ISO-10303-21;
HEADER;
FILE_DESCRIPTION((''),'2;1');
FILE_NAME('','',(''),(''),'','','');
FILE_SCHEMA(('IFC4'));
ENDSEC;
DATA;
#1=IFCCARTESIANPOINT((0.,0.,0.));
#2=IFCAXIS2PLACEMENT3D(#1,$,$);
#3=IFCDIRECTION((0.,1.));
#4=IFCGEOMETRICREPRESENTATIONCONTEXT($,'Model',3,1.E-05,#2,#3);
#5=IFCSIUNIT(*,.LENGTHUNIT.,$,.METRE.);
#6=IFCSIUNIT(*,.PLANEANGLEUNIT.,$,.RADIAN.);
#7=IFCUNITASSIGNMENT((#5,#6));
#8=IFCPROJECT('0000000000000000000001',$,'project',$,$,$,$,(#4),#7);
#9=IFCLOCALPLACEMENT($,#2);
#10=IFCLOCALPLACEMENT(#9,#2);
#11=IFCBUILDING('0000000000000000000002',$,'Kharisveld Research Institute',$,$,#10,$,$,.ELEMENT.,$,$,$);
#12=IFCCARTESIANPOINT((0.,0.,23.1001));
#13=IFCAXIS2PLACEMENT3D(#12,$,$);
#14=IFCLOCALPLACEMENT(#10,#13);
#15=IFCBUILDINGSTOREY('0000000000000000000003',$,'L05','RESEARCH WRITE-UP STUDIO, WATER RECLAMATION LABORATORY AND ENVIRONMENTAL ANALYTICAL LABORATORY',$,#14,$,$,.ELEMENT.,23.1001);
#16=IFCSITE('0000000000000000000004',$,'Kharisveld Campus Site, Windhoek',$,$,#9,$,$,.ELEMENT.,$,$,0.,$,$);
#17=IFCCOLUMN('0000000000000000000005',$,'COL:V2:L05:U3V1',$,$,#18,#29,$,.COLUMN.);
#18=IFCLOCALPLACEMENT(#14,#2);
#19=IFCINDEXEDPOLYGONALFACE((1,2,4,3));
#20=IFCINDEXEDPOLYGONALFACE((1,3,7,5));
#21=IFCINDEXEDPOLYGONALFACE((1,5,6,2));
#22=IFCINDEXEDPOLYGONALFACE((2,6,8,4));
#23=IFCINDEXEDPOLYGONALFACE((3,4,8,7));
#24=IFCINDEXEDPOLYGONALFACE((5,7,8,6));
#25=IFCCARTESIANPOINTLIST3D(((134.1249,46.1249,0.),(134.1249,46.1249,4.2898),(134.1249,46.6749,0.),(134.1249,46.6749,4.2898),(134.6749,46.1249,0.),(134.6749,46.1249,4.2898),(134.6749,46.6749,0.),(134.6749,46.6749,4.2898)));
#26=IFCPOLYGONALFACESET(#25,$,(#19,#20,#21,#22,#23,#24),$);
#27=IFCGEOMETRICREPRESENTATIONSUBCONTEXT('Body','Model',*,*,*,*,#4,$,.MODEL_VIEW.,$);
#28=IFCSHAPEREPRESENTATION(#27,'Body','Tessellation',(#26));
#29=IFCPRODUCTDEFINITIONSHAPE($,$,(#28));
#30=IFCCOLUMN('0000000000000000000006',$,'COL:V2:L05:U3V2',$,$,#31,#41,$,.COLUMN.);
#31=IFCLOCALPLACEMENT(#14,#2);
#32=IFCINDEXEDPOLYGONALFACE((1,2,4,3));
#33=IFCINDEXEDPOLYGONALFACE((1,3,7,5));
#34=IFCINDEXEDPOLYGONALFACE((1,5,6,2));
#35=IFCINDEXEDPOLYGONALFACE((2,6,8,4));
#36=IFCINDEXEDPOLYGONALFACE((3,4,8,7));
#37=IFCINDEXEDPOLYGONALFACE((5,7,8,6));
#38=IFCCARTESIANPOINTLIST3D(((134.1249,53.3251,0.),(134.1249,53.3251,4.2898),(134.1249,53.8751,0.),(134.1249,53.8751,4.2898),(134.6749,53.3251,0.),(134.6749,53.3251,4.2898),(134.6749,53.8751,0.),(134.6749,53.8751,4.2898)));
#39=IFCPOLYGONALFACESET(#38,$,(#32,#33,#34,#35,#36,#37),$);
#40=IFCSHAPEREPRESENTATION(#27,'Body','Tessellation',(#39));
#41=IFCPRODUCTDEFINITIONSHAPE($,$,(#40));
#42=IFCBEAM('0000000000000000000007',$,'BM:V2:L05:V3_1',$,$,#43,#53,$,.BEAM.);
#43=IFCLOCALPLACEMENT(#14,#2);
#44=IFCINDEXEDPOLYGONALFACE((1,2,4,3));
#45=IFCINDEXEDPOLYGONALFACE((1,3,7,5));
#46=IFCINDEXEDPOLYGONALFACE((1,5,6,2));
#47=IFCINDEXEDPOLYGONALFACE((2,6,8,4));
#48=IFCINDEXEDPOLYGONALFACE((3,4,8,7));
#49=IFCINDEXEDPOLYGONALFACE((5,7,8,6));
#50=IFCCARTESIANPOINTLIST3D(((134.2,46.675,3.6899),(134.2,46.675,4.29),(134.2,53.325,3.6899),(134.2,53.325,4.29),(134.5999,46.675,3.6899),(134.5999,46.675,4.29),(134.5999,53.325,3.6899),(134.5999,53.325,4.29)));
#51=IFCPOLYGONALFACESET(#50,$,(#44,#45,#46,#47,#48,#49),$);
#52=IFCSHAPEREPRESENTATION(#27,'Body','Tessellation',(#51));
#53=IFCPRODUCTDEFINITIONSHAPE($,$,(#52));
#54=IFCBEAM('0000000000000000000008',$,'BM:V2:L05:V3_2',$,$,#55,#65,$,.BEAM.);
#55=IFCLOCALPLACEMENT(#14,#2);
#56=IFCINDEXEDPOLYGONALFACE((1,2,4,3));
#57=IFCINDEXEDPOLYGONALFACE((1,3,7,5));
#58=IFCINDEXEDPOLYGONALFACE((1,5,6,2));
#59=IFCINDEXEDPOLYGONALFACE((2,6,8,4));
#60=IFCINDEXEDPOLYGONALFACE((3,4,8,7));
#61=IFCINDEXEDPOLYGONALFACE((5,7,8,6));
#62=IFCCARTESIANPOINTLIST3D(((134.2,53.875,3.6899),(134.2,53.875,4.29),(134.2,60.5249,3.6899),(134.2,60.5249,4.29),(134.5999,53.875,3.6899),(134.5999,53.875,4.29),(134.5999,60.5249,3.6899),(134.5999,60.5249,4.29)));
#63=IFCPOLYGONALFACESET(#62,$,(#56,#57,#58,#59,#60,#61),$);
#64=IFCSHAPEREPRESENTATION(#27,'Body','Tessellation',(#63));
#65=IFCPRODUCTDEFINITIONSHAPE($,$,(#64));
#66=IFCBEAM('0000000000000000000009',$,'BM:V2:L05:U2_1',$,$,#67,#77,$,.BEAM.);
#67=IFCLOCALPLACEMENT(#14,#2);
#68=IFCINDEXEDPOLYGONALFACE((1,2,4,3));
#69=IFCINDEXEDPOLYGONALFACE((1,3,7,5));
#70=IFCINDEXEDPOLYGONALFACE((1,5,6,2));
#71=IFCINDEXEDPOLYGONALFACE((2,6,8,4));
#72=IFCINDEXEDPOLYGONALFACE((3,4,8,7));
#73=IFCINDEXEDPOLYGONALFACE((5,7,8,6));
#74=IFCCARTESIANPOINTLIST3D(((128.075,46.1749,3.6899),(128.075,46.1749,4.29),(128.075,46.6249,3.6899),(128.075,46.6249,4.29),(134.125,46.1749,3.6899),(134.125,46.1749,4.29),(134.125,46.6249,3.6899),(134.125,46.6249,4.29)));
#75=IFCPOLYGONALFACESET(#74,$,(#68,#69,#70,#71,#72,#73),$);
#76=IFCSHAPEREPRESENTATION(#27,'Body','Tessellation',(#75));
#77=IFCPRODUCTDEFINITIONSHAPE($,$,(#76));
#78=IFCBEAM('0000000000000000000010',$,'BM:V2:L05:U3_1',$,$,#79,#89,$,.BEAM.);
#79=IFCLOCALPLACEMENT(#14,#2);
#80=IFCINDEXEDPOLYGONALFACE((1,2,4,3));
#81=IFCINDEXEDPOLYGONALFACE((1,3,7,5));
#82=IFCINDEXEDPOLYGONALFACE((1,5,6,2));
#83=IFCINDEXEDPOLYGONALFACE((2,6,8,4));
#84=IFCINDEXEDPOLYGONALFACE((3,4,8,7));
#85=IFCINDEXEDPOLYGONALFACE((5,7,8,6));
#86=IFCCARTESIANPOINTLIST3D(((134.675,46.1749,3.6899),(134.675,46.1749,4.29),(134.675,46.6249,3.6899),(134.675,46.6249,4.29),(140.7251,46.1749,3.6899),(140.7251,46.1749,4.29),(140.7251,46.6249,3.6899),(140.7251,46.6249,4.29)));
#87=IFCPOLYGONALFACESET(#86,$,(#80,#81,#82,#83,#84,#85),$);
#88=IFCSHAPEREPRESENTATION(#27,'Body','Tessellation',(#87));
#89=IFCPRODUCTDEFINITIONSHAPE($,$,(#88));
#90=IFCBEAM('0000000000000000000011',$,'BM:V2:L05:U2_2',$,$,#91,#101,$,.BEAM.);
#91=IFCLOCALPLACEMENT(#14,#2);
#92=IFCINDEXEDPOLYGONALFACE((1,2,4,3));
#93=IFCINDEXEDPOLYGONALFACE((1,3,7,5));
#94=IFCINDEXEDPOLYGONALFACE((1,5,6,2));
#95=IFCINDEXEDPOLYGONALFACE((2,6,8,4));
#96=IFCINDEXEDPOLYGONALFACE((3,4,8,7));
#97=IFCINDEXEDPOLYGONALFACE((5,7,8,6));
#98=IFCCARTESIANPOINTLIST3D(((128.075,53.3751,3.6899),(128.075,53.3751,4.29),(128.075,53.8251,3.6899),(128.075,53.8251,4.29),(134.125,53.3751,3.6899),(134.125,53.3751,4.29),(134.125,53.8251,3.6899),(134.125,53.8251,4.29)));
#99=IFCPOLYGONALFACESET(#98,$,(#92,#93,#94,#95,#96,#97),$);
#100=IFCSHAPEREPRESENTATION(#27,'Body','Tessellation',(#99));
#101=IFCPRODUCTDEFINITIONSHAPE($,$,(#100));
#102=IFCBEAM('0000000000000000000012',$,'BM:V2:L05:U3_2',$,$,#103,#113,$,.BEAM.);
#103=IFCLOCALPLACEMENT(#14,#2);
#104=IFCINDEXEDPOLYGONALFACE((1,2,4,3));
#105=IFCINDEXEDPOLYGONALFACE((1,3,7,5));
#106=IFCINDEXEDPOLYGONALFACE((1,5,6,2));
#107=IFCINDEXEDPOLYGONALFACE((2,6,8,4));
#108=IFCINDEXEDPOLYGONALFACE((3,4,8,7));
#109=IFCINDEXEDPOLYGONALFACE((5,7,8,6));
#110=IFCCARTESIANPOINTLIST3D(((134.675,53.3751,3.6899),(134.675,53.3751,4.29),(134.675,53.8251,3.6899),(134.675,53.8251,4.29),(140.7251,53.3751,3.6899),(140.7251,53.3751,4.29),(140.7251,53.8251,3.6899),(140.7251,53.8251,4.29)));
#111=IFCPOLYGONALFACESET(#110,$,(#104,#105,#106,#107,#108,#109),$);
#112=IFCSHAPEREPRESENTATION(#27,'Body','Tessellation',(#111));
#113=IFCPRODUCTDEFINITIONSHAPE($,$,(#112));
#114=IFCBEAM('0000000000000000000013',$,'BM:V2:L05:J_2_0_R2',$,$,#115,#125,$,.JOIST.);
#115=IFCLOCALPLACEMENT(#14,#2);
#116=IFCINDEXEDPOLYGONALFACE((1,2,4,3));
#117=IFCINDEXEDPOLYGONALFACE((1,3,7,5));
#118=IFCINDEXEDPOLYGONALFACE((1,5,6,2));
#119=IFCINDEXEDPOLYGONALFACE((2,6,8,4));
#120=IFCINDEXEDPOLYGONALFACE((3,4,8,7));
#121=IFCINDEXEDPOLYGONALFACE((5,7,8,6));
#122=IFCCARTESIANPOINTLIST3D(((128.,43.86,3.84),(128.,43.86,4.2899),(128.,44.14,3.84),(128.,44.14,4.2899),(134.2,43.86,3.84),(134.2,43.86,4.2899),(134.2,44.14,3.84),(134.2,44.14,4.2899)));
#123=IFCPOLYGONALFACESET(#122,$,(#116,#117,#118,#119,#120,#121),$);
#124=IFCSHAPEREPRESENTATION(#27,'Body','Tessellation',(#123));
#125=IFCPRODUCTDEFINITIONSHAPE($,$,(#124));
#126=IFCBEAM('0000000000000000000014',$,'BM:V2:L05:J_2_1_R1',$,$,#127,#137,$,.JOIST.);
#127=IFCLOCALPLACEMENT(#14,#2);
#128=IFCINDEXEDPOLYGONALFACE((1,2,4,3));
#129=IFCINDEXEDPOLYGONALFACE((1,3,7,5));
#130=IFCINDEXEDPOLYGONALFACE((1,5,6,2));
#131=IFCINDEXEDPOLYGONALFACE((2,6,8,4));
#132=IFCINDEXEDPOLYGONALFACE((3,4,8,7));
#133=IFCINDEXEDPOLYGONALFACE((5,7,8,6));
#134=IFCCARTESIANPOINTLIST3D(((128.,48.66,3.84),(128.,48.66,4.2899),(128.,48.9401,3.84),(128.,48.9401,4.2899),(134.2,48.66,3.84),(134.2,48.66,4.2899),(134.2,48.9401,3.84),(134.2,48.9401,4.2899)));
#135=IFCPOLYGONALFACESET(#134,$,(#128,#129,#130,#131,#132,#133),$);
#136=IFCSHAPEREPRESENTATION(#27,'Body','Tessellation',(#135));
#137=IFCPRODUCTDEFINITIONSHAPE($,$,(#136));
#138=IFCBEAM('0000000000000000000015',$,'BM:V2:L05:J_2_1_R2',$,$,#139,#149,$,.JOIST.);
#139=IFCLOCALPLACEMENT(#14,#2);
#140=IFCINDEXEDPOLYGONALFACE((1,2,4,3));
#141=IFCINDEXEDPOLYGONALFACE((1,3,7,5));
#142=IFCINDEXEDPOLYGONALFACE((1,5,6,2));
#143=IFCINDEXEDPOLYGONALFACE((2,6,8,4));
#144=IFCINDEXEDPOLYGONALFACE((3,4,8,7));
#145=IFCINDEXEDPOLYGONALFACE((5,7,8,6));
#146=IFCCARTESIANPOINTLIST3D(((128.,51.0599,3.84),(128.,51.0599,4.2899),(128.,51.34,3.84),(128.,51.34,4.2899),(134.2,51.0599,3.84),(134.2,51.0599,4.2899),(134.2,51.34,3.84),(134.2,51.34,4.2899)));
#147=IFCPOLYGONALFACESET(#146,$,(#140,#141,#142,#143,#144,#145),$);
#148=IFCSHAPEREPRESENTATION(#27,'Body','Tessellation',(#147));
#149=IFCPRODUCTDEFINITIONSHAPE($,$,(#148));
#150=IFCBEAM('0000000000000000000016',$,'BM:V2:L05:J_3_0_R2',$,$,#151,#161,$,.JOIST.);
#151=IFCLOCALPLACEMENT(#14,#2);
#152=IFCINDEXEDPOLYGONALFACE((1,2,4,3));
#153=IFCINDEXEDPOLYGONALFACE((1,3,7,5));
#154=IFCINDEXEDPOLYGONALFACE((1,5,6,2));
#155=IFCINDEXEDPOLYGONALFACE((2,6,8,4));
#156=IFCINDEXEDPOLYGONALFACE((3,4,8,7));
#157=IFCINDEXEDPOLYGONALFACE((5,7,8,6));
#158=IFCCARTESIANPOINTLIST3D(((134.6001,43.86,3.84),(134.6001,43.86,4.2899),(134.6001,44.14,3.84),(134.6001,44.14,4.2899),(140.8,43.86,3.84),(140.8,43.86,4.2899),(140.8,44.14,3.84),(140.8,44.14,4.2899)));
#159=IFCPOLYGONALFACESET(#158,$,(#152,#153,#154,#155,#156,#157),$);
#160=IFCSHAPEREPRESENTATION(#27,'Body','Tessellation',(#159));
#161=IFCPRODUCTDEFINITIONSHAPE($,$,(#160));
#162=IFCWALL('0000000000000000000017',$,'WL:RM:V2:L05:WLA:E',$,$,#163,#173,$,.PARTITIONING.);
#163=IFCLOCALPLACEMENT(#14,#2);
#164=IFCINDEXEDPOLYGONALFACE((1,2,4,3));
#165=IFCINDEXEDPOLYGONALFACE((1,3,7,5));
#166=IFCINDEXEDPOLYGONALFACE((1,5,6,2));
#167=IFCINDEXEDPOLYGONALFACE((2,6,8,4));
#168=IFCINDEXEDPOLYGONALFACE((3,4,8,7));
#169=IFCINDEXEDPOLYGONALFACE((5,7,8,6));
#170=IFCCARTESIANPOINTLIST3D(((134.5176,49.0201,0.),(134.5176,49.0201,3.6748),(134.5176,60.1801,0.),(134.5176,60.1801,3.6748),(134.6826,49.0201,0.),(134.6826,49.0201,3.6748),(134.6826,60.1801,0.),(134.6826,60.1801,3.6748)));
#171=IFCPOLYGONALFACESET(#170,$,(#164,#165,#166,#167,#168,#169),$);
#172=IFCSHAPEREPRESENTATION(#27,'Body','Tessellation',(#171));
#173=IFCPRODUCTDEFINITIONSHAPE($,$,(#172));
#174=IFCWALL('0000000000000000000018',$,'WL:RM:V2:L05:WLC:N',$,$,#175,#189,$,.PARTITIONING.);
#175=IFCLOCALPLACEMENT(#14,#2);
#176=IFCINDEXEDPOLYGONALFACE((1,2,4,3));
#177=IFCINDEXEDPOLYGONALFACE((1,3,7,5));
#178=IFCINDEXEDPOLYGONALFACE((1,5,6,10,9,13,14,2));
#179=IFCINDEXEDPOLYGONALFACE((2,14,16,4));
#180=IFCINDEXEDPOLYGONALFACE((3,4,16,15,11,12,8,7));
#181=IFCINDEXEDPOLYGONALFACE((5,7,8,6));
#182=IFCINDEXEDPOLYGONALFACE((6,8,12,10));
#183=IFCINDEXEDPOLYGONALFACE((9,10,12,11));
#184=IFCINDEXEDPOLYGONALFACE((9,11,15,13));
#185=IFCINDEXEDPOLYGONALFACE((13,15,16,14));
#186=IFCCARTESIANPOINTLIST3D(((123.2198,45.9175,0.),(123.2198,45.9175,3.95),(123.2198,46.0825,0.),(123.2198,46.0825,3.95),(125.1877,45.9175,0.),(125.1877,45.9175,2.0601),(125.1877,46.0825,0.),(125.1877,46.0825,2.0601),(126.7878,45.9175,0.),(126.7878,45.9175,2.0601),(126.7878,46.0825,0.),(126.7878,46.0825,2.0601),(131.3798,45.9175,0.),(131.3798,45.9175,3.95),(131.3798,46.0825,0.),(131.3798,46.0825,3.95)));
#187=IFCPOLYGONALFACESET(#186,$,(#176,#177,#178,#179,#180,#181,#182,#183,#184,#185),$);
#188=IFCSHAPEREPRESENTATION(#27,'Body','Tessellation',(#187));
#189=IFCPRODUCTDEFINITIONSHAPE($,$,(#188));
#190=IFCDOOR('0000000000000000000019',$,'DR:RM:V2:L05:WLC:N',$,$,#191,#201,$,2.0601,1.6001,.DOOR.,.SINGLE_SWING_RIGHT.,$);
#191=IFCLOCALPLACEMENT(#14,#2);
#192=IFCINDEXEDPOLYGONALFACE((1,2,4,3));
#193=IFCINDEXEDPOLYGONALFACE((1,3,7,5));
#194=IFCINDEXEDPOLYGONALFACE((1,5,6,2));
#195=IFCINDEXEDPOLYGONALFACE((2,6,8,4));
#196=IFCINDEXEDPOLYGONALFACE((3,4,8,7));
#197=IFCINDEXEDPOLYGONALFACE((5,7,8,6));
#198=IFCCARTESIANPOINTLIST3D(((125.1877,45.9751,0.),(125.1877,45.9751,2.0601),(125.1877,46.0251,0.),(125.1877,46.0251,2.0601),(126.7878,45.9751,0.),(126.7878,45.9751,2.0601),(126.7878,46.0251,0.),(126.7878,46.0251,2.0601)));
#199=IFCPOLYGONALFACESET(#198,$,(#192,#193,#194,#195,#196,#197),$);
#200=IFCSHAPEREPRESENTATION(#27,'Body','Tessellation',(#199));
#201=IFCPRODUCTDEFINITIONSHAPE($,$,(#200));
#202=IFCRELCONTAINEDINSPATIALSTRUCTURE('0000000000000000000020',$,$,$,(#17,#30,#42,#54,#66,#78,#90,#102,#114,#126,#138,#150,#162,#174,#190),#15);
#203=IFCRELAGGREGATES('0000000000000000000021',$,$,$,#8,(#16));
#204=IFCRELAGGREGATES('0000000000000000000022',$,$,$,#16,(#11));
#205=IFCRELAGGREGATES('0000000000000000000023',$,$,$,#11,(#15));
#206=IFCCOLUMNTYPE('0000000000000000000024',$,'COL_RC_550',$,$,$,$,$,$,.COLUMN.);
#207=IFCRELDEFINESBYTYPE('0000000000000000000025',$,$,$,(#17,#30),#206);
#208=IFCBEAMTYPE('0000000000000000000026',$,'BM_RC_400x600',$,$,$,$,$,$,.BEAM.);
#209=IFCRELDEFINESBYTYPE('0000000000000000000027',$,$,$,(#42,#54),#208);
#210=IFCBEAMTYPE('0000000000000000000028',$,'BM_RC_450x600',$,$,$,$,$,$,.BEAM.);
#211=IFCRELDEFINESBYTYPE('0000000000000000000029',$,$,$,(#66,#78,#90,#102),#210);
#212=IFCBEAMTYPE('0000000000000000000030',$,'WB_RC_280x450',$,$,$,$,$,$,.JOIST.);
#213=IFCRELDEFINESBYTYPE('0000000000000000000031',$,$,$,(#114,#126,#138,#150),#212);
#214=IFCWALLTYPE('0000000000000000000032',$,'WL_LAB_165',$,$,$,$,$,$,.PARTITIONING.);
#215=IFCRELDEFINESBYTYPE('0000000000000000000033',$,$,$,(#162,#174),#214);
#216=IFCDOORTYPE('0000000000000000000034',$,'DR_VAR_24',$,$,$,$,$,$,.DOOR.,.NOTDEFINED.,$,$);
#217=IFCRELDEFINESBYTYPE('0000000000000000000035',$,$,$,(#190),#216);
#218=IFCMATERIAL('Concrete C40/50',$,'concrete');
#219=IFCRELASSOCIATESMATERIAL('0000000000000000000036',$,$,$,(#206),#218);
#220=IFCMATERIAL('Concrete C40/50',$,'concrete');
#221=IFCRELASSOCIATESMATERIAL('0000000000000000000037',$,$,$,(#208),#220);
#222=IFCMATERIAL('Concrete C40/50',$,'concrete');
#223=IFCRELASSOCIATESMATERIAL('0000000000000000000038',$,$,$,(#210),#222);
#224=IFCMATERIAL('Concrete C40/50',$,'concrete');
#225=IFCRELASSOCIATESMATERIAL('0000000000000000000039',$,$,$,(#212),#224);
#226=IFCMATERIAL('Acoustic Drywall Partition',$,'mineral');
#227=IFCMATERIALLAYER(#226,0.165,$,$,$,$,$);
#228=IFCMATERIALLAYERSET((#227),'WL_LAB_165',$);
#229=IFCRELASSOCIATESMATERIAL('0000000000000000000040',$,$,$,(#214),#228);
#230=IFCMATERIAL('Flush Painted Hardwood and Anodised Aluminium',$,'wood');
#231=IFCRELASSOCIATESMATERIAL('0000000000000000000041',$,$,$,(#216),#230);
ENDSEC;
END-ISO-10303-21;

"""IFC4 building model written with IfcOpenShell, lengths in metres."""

from ifc_helpers import new_model, si_unit, direction, frame, frame_2d, origin, origin_2d, place, context, subcontext, project, spatial, rectangle, extrude, material, layer, layer_set, material_profile, profile_set, type_object, element, fill, save


model = new_model("IFC4")

# Units and contexts
model_context = context("Model", 3, precision=1e-05, world=origin(), true_north=direction((0.0, 1.0)))
body_context = subcontext(model_context, "Body", "Model", "MODEL_VIEW")
ifc_project = project(units=[si_unit("LENGTHUNIT", "METRE"), si_unit("PLANEANGLEUNIT", "RADIAN")], contexts=[model_context])

# Site, building, storey
site_placement = place(None, origin())
site = spatial("IfcSite", under=ifc_project, at=site_placement, Name="Kharisveld Campus Site, Windhoek", CompositionType="ELEMENT", RefElevation=0.0)
building_placement = place(site_placement, origin())
building = spatial("IfcBuilding", under=site, at=building_placement, Name="Kharisveld Research Institute", CompositionType="ELEMENT")
storey_placement = place(building_placement, frame((0.0, 0.0, 23.1001)))
storey = spatial("IfcBuildingStorey", under=building, at=storey_placement, Name="L05", Description="RESEARCH WRITE-UP STUDIO, WATER RECLAMATION LABORATORY AND ENVIRONMENTAL ANALYTICAL LABORATORY", CompositionType="ELEMENT", Elevation=23.1001)

# Columns
ifc_material_1 = material(Name="Concrete C40/50", Category="concrete")
ifc_material_profile_1 = material_profile(ifc_material_1, rectangle(XDim=0.55, YDim=0.55, at=origin_2d()))
ifc_profile_set_1 = profile_set([ifc_material_profile_1], Name="Concrete C40/50")
column_type = type_object("IfcColumnType", Name="COL_RC_550", PredefinedType="COLUMN", material=ifc_profile_set_1)
for number, where, z_axis, x_axis, name in (
    (1, (134.3999, 46.3999, 0.0), (0.0, 0.0, 1.0), (1.0, 0.0, 0.0), "COL:V2:L05:U3V1"),
    (2, (134.3999, 53.6001, 0.0), (0.0, 0.0, 1.0), (1.0, 0.0, 0.0), "COL:V2:L05:U3V2"),
):
    element("IfcColumn", number, at=place(storey_placement, frame(where, z_axis=z_axis, x_axis=x_axis)), inside=storey, type_object=column_type, Name=name, PredefinedType="COLUMN", context=body_context, shape_type="SweptSolid", body=[
        extrude(rectangle(XDim=0.55, YDim=0.55, at=origin_2d()), origin(), (0.0, 0.0, 1.0), 4.2898),
    ])

# Beams
ifc_material_2 = material(Name="Concrete C40/50", Category="concrete")
ifc_material_profile_2 = material_profile(ifc_material_2, rectangle(XDim=0.3999, YDim=0.6001, at=origin_2d()))
ifc_profile_set_2 = profile_set([ifc_material_profile_2], Name="Concrete C40/50")
beam_type_1 = type_object("IfcBeamType", Name="BM_RC_400x600", PredefinedType="BEAM", material=ifc_profile_set_2)
for number, where, z_axis, x_axis, name in (
    (3, (134.3999, 46.675, 3.99), (0.0, 1.0, 0.0), (-1.0, 0.0, 0.0), "BM:V2:L05:V3_1"),
    (4, (134.3999, 53.875, 3.99), (0.0, 1.0, 0.0), (-1.0, 0.0, 0.0), "BM:V2:L05:V3_2"),
):
    element("IfcBeam", number, at=place(storey_placement, frame(where, z_axis=z_axis, x_axis=x_axis)), inside=storey, type_object=beam_type_1, Name=name, PredefinedType="BEAM", context=body_context, shape_type="SweptSolid", body=[
        extrude(rectangle(XDim=0.3999, YDim=0.6001, at=origin_2d()), origin(), (0.0, 0.0, 1.0), 6.6499),
    ])
ifc_material_3 = material(Name="Concrete C40/50", Category="concrete")
ifc_material_profile_3 = material_profile(ifc_material_3, rectangle(XDim=0.45, YDim=0.6001, at=origin_2d()))
ifc_profile_set_3 = profile_set([ifc_material_profile_3], Name="Concrete C40/50")
beam_type_2 = type_object("IfcBeamType", Name="BM_RC_450x600", PredefinedType="BEAM", material=ifc_profile_set_3)
for number, where, z_axis, x_axis, name in (
    (5, (128.075, 46.3999, 3.99), (1.0, 0.0, 0.0), (0.0, 1.0, 0.0), "BM:V2:L05:U2_1"),
    (6, (134.675, 46.3999, 3.99), (1.0, 0.0, 0.0), (0.0, 1.0, 0.0), "BM:V2:L05:U3_1"),
    (7, (128.075, 53.6001, 3.99), (1.0, 0.0, 0.0), (0.0, 1.0, 0.0), "BM:V2:L05:U2_2"),
    (8, (134.675, 53.6001, 3.99), (1.0, 0.0, 0.0), (0.0, 1.0, 0.0), "BM:V2:L05:U3_2"),
):
    element("IfcBeam", number, at=place(storey_placement, frame(where, z_axis=z_axis, x_axis=x_axis)), inside=storey, type_object=beam_type_2, Name=name, PredefinedType="BEAM", context=body_context, shape_type="SweptSolid", body=[
        extrude(rectangle(XDim=0.45, YDim=0.6001, at=origin_2d()), origin(), (0.0, 0.0, 1.0), 6.05),
    ])
ifc_material_4 = material(Name="Concrete C40/50", Category="concrete")
ifc_material_profile_4 = material_profile(ifc_material_4, rectangle(XDim=0.28, YDim=0.45, at=origin_2d()))
ifc_profile_set_4 = profile_set([ifc_material_profile_4], Name="Concrete C40/50")
beam_type_3 = type_object("IfcBeamType", Name="WB_RC_280x450", PredefinedType="JOIST", material=ifc_profile_set_4)
for number, where, z_axis, x_axis, name in (
    (9, (128.0, 44.0, 4.0649), (1.0, 0.0, 0.0), (0.0, 1.0, 0.0), "BM:V2:L05:J_2_0_R2"),
    (10, (128.0, 48.8, 4.0649), (1.0, 0.0, 0.0), (0.0, 1.0, 0.0), "BM:V2:L05:J_2_1_R1"),
    (11, (128.0, 51.2, 4.0649), (1.0, 0.0, 0.0), (0.0, 1.0, 0.0), "BM:V2:L05:J_2_1_R2"),
    (12, (134.6001, 44.0, 4.0649), (1.0, 0.0, 0.0), (0.0, 1.0, 0.0), "BM:V2:L05:J_3_0_R2"),
):
    element("IfcBeam", number, at=place(storey_placement, frame(where, z_axis=z_axis, x_axis=x_axis)), inside=storey, type_object=beam_type_3, Name=name, PredefinedType="JOIST", context=body_context, shape_type="SweptSolid", body=[
        extrude(rectangle(XDim=0.28, YDim=0.45, at=origin_2d()), origin(), (0.0, 0.0, 1.0), 6.2),
    ])

# Wall
ifc_material_5 = material(Name="Acoustic Drywall Partition", Category="mineral")
ifc_layer_1 = layer(ifc_material_5, 0.165)
ifc_layer_set_1 = layer_set([ifc_layer_1], Name="WL_LAB_165")
wall_type_1 = type_object("IfcWallType", Name="WL_LAB_165", PredefinedType="PARTITIONING", material=ifc_layer_set_1)
wall_1_placement = place(storey_placement, frame((134.6001, 49.02, 0.0), z_axis=(0.0, 0.0, 1.0), x_axis=(0.0, 1.0, 0.0)))
element("IfcWall", 13, at=wall_1_placement, inside=storey, type_object=wall_type_1, Name="WL:RM:V2:L05:WLA:E", PredefinedType="PARTITIONING", context=body_context, shape_type="SweptSolid", body=[
    extrude(rectangle(XDim=11.1599, YDim=0.165, at=frame_2d((5.5801, 0.0))), origin(), (0.0, 0.0, 1.0), 3.6748),
])

# Wall, opening, door
wall_2_placement = place(storey_placement, frame((131.3799, 46.0, 0.0), z_axis=(0.0, 0.0, 1.0), x_axis=(-1.0, 0.0, 0.0)))
wall_2 = element("IfcWall", 14, at=wall_2_placement, inside=storey, type_object=wall_type_1, Name="WL:RM:V2:L05:WLC:N", PredefinedType="PARTITIONING", context=body_context, shape_type="SweptSolid", body=[
    extrude(rectangle(XDim=8.1599, YDim=0.165, at=frame_2d((4.0801, 0.0))), origin(), (0.0, 0.0, 1.0), 3.95),
])
opening_1_placement = place(wall_2_placement, frame((4.592, 0.0, 0.0)))
opening_1 = element("IfcOpeningElement", 15, at=opening_1_placement, cuts=wall_2, PredefinedType="OPENING", context=body_context, shape_type="SweptSolid", body=[
    extrude(rectangle(XDim=1.6001, YDim=2.0601, at=frame_2d((0.8, 1.03))), frame((0.0, 0.0825, 0.0), z_axis=(0.0, -1.0, 0.0), x_axis=(1.0, 0.0, 0.0)), (0.0, 0.0, 1.0), 0.165),
])
ifc_material_6 = material(Name="Flush Painted Hardwood and Anodised Aluminium", Category="wood")
door_type_1 = type_object("IfcDoorType", Name="DR_VAR_24", OperationType="NOTDEFINED", PredefinedType="DOOR", material=ifc_material_6)
door_1_placement = place(opening_1_placement, origin())
door_1 = element("IfcDoor", 16, at=door_1_placement, inside=storey, type_object=door_type_1, Name="DR:RM:V2:L05:WLC:N", OperationType="SINGLE_SWING_RIGHT", OverallHeight=2.0601, OverallWidth=1.6001, PredefinedType="DOOR", context=body_context, shape_type="SweptSolid", body=[
    extrude(rectangle(XDim=1.6001, YDim=2.0601, at=frame_2d((0.8, 1.03))), frame((0.0, 0.0249, 0.0), z_axis=(0.0, -1.0, 0.0), x_axis=(1.0, 0.0, 0.0)), (0.0, 0.0, 1.0), 0.05),
])
fill(opening_1, door_1)

save(model, "model.ifc")
